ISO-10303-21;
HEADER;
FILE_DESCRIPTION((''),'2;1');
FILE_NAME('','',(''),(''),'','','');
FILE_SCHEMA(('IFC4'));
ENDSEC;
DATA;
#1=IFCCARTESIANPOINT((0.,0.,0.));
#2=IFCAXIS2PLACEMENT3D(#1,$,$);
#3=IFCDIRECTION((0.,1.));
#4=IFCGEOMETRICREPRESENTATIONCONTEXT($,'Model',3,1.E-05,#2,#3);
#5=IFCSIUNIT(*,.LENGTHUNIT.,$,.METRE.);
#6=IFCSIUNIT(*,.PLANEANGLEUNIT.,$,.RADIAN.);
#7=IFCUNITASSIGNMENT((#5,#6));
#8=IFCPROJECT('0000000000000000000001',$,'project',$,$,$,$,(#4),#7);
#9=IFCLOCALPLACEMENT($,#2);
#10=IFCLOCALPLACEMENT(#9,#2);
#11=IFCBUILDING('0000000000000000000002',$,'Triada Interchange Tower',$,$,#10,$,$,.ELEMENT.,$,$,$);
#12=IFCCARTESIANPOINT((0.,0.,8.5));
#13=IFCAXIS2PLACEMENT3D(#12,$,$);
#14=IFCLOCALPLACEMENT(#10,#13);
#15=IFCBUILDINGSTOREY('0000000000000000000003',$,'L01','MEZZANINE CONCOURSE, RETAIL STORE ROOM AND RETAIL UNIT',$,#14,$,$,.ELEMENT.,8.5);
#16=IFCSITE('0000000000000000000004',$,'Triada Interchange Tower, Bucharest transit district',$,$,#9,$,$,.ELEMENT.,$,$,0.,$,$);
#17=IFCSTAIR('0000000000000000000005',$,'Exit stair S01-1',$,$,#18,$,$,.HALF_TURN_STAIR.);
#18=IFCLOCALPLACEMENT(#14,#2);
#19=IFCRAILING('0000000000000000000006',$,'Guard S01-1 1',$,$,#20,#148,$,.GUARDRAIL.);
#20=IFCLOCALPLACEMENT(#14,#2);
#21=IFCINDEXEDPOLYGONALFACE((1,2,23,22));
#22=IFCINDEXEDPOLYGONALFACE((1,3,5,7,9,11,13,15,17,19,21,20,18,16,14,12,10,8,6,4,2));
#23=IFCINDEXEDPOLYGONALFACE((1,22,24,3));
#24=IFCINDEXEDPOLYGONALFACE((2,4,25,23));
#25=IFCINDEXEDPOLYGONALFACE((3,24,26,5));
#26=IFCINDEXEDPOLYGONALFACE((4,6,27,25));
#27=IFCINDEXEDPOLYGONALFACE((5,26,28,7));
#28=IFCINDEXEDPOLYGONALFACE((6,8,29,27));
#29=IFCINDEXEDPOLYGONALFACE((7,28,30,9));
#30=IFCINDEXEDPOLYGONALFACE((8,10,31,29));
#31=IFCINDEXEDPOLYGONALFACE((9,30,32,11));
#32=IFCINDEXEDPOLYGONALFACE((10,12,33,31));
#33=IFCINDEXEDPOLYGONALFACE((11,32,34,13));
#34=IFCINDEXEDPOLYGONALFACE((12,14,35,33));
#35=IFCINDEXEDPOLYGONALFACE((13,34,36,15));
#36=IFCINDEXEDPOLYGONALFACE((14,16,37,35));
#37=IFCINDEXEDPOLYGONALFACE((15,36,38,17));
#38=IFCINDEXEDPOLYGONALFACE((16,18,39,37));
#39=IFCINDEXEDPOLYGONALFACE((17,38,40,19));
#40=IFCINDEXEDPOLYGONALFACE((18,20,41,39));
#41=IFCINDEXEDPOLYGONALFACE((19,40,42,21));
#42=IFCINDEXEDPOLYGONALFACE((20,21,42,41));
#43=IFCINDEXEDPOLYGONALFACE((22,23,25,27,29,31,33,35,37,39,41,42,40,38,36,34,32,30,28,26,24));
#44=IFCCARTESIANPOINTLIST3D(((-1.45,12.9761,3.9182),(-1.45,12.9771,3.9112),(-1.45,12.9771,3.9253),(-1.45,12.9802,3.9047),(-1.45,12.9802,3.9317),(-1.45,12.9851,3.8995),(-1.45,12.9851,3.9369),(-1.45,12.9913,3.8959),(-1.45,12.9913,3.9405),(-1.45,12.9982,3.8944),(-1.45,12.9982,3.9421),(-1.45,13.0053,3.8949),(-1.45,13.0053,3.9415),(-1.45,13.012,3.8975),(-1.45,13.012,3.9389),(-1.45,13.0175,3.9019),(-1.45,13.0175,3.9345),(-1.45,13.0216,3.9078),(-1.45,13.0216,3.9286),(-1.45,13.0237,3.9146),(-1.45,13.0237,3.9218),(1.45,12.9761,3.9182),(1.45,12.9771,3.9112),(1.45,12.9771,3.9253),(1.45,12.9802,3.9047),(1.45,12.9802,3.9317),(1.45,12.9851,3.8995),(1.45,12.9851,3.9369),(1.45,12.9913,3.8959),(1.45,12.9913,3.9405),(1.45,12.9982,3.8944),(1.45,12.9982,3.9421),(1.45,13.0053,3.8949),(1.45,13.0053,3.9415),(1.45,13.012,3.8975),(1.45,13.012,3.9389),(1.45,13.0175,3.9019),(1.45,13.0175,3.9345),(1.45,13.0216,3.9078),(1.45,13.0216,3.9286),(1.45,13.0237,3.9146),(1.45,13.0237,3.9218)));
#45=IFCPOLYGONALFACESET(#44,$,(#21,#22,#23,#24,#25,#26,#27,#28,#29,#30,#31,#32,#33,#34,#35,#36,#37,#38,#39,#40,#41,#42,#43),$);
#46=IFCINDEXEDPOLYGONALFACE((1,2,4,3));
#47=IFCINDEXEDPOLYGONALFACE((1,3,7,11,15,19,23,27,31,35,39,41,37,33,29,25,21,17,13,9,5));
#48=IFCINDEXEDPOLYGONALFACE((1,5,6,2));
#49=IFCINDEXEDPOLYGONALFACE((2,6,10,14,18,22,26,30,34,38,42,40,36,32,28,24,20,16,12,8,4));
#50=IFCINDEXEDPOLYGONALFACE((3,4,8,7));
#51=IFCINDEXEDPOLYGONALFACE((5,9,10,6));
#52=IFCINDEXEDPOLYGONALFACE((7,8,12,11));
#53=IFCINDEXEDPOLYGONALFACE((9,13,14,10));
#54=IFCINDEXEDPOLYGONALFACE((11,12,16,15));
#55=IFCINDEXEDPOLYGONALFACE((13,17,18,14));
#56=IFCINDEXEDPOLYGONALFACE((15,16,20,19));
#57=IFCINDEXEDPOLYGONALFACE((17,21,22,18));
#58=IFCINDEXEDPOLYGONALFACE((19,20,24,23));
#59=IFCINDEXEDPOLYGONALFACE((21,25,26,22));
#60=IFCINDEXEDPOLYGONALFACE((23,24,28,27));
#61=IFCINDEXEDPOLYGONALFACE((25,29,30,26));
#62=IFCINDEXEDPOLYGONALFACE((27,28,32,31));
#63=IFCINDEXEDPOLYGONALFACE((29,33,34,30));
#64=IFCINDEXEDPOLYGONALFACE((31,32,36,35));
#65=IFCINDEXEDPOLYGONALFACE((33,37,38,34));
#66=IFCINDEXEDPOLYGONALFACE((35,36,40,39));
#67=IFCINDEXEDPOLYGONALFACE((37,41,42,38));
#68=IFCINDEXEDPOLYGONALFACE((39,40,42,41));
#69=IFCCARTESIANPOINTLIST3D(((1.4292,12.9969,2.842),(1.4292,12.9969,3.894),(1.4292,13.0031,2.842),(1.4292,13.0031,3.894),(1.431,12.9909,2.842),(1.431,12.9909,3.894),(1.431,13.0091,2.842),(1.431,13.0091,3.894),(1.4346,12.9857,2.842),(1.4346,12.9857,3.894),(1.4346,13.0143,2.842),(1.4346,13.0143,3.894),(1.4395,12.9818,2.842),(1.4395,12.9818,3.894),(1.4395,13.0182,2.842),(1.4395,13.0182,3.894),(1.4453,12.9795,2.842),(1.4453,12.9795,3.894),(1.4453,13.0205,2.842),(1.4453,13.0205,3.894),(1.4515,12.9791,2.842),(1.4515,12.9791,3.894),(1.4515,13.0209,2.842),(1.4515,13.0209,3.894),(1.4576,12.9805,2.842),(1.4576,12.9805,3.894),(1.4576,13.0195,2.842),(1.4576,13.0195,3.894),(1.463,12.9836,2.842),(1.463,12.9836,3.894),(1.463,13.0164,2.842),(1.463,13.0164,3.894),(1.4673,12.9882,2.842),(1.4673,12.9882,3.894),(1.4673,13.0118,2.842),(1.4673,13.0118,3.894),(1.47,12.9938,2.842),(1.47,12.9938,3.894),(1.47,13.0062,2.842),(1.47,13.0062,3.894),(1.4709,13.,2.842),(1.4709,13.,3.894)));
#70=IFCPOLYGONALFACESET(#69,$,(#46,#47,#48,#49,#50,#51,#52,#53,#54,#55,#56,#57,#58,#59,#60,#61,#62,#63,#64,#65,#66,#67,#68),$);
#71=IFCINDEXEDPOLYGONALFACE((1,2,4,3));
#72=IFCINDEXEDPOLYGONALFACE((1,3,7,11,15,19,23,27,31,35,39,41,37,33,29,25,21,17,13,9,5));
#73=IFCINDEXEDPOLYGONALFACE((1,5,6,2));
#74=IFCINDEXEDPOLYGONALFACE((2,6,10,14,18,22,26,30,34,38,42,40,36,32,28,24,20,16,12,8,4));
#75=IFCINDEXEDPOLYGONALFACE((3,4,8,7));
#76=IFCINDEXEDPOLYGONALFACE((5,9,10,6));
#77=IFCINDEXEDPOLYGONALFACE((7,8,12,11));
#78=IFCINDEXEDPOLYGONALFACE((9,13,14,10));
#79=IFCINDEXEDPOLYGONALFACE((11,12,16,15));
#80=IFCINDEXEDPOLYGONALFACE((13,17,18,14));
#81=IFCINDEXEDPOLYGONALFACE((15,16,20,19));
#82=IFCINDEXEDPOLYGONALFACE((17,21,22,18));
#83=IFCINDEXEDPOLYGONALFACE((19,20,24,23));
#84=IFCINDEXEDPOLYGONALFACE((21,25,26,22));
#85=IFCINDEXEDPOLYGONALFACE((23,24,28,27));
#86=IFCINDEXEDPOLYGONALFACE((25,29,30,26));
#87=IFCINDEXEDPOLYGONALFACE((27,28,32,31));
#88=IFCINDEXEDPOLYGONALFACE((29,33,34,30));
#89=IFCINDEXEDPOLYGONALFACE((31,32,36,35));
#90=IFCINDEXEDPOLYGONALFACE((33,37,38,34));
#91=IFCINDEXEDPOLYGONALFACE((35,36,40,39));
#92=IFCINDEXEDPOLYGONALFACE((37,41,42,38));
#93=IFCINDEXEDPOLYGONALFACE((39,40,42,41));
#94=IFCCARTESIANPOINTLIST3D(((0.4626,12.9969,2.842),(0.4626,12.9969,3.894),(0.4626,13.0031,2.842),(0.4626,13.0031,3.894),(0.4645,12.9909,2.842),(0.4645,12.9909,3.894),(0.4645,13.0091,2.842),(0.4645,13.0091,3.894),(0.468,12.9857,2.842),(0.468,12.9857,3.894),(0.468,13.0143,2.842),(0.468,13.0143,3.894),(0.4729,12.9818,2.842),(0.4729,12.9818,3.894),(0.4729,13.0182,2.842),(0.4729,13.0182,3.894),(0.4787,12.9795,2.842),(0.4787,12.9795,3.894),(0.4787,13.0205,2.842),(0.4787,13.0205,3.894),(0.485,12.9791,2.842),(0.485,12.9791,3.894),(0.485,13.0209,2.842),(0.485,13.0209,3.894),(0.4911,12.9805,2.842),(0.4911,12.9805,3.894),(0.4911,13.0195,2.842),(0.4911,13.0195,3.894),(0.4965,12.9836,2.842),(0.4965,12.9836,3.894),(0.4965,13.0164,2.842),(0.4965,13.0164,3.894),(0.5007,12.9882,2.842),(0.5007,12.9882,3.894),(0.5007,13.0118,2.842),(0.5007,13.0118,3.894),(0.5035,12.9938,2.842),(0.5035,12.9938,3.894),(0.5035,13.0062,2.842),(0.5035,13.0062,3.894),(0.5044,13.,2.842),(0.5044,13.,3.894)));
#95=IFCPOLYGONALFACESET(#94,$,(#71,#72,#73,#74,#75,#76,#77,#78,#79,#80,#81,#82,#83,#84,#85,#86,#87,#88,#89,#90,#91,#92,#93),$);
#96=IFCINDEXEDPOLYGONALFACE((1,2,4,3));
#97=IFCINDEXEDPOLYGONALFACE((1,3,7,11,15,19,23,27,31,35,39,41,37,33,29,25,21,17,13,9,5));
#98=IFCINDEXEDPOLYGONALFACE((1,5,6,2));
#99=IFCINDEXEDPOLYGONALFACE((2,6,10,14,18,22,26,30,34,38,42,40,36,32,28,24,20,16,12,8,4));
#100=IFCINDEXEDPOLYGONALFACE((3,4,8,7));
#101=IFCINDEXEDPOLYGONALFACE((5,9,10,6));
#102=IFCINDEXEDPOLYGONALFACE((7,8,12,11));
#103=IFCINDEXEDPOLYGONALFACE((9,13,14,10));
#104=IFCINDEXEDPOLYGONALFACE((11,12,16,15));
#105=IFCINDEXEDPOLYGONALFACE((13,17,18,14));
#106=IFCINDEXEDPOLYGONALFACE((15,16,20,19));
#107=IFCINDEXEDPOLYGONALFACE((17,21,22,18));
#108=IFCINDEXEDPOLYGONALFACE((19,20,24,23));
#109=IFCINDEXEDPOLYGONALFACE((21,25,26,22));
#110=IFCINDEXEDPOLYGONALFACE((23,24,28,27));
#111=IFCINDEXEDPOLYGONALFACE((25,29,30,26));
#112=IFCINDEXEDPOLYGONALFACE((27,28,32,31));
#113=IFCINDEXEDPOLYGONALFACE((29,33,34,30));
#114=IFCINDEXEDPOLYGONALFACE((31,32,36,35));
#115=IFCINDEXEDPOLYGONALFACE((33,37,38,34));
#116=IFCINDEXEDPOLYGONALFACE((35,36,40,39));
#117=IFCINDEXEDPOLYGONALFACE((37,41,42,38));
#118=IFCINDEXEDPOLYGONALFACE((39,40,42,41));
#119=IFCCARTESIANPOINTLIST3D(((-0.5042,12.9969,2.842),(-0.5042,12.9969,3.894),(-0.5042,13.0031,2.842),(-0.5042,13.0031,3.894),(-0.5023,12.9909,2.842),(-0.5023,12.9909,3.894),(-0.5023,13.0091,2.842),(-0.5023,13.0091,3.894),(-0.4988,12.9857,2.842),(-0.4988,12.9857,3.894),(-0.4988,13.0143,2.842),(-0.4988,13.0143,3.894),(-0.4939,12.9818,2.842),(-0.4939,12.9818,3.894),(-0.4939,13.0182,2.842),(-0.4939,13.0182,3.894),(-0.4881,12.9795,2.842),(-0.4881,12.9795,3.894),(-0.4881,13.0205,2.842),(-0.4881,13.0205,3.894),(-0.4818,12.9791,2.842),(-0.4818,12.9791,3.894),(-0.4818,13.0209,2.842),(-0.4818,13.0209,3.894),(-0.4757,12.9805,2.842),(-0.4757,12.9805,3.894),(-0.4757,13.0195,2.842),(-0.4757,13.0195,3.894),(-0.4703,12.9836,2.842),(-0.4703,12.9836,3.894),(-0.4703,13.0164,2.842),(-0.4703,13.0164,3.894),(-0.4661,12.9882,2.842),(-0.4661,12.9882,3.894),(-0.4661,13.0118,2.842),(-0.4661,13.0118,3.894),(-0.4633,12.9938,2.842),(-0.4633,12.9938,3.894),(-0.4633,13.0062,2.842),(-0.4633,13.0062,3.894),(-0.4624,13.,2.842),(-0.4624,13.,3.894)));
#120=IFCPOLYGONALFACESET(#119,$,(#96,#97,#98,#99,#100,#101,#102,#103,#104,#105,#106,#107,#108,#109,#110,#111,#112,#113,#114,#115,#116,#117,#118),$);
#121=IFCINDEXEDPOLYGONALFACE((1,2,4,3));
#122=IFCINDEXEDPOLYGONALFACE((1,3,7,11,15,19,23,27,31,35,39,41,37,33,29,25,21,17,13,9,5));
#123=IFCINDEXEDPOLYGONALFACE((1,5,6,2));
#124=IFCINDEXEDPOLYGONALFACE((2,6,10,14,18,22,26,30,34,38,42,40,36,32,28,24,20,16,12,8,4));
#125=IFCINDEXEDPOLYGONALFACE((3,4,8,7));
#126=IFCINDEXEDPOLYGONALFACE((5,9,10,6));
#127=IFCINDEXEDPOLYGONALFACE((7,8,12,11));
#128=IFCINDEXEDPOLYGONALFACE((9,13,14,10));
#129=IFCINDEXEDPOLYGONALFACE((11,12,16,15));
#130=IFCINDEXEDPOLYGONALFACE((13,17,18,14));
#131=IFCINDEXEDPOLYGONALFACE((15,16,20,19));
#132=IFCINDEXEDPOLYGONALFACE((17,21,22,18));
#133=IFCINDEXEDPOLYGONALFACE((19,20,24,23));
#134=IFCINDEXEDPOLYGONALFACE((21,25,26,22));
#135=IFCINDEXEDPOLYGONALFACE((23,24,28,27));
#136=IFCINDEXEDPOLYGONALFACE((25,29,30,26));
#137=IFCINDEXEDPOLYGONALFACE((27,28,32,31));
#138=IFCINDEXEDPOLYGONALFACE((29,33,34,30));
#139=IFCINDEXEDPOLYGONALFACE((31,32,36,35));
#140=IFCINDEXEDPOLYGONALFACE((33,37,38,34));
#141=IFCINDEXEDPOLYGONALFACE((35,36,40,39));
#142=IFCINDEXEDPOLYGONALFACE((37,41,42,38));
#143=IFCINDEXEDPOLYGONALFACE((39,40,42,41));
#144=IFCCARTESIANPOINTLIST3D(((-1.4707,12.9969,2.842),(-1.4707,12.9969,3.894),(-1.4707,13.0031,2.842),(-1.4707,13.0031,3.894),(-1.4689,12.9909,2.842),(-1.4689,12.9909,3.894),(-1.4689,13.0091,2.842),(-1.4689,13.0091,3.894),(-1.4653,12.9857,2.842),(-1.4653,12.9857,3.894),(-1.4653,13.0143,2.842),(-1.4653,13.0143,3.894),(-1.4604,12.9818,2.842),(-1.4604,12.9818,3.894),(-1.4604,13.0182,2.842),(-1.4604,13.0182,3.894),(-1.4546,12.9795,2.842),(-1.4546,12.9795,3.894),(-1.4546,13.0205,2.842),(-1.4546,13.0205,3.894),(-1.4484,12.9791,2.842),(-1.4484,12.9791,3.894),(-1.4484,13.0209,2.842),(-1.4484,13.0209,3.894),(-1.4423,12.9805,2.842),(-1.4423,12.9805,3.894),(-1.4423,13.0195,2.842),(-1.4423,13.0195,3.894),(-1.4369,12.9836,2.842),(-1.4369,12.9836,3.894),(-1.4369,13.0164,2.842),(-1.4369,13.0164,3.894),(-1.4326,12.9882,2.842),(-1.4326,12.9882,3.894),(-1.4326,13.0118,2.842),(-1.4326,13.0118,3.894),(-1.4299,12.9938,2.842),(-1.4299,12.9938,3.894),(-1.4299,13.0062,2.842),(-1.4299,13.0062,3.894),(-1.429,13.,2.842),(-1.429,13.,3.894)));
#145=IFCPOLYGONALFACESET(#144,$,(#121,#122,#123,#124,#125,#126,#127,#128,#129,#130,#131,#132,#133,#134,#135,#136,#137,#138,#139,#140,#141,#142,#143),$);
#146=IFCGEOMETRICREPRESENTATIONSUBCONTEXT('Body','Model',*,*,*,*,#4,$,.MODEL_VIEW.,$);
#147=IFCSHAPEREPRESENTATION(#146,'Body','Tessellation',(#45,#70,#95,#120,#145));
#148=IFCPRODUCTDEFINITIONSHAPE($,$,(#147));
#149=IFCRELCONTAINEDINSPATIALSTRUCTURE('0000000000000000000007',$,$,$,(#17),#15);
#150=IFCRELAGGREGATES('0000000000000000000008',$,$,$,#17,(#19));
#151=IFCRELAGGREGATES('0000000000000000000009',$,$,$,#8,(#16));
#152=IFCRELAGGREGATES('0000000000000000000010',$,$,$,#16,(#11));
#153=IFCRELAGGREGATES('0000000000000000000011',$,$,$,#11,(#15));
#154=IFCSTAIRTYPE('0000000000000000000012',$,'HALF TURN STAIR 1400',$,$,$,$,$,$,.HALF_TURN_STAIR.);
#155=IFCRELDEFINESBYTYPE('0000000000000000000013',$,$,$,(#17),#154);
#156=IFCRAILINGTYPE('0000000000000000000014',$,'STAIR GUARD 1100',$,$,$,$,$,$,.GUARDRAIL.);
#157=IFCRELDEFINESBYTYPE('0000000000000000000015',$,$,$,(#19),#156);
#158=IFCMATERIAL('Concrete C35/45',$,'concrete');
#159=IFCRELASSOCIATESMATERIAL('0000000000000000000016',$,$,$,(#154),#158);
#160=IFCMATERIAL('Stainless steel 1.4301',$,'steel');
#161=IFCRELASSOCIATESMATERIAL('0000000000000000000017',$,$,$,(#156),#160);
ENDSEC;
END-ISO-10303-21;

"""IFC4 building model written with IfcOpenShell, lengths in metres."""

from ifc_helpers import new_model, si_unit, direction, frame, origin, origin_2d, place, context, subcontext, project, spatial, circle, extrude, material, type_object, element, aggregate, save


model = new_model("IFC4")

# Units and contexts
model_context = context("Model", 3, precision=1e-05, world=origin(), true_north=direction((0.0, 1.0)))
body_context = subcontext(model_context, "Body", "Model", "MODEL_VIEW")
ifc_project = project(units=[si_unit("LENGTHUNIT", "METRE"), si_unit("PLANEANGLEUNIT", "RADIAN")], contexts=[model_context])

# Site, building, storey
site_placement = place(None, origin())
site = spatial("IfcSite", under=ifc_project, at=site_placement, Name="Triada Interchange Tower, Bucharest transit district", CompositionType="ELEMENT", RefElevation=0.0)
building_placement = place(site_placement, origin())
building = spatial("IfcBuilding", under=site, at=building_placement, Name="Triada Interchange Tower", CompositionType="ELEMENT")
storey_placement = place(building_placement, frame((0.0, 0.0, 8.5)))
storey = spatial("IfcBuildingStorey", under=building, at=storey_placement, Name="L01", Description="MEZZANINE CONCOURSE, RETAIL STORE ROOM AND RETAIL UNIT", CompositionType="ELEMENT", Elevation=8.5)

# Shared definitions
ifc_material_1 = material(Name="Concrete C35/45", Category="concrete")

# Shared definitions
stair_type = type_object("IfcStairType", Name="HALF TURN STAIR 1400", PredefinedType="HALF_TURN_STAIR", material=ifc_material_1)

# Stair, railing
stair_1_placement = place(storey_placement, origin())
stair_1 = element("IfcStair", 1, at=stair_1_placement, inside=storey, type_object=stair_type, Name="Exit stair S01-1", PredefinedType="HALF_TURN_STAIR")
ifc_material_2 = material(Name="Stainless steel 1.4301", Category="steel")
railing_type_1 = type_object("IfcRailingType", Name="STAIR GUARD 1100", PredefinedType="GUARDRAIL", material=ifc_material_2)
railing_1_placement = place(storey_placement, frame((1.45, 13.0, 2.842)))
railing_1 = element("IfcRailing", 2, at=railing_1_placement, type_object=railing_type_1, Name="Guard S01-1 1", PredefinedType="GUARDRAIL", context=body_context, shape_type="SweptSolid", body=[
    extrude(circle(Radius=0.0239, at=origin_2d()), frame((0.0, 0.0, 1.0762), z_axis=(-1.0, 0.0, 0.0), x_axis=(0.0, -1.0, 0.0)), (0.0, 0.0, 1.0), 2.8999),
    extrude(circle(Radius=0.021, at=origin_2d()), origin(), (0.0, 0.0, 1.0), 1.052),
    extrude(circle(Radius=0.021, at=origin_2d()), frame((-0.9666, 0.0, 0.0)), (0.0, 0.0, 1.0), 1.052),
    extrude(circle(Radius=0.021, at=origin_2d()), frame((-1.9333, 0.0, 0.0)), (0.0, 0.0, 1.0), 1.052),
    extrude(circle(Radius=0.021, at=origin_2d()), frame((-2.8999, 0.0, 0.0)), (0.0, 0.0, 1.0), 1.052),
])
aggregate(stair_1, [railing_1])

save(model, "model.ifc")
